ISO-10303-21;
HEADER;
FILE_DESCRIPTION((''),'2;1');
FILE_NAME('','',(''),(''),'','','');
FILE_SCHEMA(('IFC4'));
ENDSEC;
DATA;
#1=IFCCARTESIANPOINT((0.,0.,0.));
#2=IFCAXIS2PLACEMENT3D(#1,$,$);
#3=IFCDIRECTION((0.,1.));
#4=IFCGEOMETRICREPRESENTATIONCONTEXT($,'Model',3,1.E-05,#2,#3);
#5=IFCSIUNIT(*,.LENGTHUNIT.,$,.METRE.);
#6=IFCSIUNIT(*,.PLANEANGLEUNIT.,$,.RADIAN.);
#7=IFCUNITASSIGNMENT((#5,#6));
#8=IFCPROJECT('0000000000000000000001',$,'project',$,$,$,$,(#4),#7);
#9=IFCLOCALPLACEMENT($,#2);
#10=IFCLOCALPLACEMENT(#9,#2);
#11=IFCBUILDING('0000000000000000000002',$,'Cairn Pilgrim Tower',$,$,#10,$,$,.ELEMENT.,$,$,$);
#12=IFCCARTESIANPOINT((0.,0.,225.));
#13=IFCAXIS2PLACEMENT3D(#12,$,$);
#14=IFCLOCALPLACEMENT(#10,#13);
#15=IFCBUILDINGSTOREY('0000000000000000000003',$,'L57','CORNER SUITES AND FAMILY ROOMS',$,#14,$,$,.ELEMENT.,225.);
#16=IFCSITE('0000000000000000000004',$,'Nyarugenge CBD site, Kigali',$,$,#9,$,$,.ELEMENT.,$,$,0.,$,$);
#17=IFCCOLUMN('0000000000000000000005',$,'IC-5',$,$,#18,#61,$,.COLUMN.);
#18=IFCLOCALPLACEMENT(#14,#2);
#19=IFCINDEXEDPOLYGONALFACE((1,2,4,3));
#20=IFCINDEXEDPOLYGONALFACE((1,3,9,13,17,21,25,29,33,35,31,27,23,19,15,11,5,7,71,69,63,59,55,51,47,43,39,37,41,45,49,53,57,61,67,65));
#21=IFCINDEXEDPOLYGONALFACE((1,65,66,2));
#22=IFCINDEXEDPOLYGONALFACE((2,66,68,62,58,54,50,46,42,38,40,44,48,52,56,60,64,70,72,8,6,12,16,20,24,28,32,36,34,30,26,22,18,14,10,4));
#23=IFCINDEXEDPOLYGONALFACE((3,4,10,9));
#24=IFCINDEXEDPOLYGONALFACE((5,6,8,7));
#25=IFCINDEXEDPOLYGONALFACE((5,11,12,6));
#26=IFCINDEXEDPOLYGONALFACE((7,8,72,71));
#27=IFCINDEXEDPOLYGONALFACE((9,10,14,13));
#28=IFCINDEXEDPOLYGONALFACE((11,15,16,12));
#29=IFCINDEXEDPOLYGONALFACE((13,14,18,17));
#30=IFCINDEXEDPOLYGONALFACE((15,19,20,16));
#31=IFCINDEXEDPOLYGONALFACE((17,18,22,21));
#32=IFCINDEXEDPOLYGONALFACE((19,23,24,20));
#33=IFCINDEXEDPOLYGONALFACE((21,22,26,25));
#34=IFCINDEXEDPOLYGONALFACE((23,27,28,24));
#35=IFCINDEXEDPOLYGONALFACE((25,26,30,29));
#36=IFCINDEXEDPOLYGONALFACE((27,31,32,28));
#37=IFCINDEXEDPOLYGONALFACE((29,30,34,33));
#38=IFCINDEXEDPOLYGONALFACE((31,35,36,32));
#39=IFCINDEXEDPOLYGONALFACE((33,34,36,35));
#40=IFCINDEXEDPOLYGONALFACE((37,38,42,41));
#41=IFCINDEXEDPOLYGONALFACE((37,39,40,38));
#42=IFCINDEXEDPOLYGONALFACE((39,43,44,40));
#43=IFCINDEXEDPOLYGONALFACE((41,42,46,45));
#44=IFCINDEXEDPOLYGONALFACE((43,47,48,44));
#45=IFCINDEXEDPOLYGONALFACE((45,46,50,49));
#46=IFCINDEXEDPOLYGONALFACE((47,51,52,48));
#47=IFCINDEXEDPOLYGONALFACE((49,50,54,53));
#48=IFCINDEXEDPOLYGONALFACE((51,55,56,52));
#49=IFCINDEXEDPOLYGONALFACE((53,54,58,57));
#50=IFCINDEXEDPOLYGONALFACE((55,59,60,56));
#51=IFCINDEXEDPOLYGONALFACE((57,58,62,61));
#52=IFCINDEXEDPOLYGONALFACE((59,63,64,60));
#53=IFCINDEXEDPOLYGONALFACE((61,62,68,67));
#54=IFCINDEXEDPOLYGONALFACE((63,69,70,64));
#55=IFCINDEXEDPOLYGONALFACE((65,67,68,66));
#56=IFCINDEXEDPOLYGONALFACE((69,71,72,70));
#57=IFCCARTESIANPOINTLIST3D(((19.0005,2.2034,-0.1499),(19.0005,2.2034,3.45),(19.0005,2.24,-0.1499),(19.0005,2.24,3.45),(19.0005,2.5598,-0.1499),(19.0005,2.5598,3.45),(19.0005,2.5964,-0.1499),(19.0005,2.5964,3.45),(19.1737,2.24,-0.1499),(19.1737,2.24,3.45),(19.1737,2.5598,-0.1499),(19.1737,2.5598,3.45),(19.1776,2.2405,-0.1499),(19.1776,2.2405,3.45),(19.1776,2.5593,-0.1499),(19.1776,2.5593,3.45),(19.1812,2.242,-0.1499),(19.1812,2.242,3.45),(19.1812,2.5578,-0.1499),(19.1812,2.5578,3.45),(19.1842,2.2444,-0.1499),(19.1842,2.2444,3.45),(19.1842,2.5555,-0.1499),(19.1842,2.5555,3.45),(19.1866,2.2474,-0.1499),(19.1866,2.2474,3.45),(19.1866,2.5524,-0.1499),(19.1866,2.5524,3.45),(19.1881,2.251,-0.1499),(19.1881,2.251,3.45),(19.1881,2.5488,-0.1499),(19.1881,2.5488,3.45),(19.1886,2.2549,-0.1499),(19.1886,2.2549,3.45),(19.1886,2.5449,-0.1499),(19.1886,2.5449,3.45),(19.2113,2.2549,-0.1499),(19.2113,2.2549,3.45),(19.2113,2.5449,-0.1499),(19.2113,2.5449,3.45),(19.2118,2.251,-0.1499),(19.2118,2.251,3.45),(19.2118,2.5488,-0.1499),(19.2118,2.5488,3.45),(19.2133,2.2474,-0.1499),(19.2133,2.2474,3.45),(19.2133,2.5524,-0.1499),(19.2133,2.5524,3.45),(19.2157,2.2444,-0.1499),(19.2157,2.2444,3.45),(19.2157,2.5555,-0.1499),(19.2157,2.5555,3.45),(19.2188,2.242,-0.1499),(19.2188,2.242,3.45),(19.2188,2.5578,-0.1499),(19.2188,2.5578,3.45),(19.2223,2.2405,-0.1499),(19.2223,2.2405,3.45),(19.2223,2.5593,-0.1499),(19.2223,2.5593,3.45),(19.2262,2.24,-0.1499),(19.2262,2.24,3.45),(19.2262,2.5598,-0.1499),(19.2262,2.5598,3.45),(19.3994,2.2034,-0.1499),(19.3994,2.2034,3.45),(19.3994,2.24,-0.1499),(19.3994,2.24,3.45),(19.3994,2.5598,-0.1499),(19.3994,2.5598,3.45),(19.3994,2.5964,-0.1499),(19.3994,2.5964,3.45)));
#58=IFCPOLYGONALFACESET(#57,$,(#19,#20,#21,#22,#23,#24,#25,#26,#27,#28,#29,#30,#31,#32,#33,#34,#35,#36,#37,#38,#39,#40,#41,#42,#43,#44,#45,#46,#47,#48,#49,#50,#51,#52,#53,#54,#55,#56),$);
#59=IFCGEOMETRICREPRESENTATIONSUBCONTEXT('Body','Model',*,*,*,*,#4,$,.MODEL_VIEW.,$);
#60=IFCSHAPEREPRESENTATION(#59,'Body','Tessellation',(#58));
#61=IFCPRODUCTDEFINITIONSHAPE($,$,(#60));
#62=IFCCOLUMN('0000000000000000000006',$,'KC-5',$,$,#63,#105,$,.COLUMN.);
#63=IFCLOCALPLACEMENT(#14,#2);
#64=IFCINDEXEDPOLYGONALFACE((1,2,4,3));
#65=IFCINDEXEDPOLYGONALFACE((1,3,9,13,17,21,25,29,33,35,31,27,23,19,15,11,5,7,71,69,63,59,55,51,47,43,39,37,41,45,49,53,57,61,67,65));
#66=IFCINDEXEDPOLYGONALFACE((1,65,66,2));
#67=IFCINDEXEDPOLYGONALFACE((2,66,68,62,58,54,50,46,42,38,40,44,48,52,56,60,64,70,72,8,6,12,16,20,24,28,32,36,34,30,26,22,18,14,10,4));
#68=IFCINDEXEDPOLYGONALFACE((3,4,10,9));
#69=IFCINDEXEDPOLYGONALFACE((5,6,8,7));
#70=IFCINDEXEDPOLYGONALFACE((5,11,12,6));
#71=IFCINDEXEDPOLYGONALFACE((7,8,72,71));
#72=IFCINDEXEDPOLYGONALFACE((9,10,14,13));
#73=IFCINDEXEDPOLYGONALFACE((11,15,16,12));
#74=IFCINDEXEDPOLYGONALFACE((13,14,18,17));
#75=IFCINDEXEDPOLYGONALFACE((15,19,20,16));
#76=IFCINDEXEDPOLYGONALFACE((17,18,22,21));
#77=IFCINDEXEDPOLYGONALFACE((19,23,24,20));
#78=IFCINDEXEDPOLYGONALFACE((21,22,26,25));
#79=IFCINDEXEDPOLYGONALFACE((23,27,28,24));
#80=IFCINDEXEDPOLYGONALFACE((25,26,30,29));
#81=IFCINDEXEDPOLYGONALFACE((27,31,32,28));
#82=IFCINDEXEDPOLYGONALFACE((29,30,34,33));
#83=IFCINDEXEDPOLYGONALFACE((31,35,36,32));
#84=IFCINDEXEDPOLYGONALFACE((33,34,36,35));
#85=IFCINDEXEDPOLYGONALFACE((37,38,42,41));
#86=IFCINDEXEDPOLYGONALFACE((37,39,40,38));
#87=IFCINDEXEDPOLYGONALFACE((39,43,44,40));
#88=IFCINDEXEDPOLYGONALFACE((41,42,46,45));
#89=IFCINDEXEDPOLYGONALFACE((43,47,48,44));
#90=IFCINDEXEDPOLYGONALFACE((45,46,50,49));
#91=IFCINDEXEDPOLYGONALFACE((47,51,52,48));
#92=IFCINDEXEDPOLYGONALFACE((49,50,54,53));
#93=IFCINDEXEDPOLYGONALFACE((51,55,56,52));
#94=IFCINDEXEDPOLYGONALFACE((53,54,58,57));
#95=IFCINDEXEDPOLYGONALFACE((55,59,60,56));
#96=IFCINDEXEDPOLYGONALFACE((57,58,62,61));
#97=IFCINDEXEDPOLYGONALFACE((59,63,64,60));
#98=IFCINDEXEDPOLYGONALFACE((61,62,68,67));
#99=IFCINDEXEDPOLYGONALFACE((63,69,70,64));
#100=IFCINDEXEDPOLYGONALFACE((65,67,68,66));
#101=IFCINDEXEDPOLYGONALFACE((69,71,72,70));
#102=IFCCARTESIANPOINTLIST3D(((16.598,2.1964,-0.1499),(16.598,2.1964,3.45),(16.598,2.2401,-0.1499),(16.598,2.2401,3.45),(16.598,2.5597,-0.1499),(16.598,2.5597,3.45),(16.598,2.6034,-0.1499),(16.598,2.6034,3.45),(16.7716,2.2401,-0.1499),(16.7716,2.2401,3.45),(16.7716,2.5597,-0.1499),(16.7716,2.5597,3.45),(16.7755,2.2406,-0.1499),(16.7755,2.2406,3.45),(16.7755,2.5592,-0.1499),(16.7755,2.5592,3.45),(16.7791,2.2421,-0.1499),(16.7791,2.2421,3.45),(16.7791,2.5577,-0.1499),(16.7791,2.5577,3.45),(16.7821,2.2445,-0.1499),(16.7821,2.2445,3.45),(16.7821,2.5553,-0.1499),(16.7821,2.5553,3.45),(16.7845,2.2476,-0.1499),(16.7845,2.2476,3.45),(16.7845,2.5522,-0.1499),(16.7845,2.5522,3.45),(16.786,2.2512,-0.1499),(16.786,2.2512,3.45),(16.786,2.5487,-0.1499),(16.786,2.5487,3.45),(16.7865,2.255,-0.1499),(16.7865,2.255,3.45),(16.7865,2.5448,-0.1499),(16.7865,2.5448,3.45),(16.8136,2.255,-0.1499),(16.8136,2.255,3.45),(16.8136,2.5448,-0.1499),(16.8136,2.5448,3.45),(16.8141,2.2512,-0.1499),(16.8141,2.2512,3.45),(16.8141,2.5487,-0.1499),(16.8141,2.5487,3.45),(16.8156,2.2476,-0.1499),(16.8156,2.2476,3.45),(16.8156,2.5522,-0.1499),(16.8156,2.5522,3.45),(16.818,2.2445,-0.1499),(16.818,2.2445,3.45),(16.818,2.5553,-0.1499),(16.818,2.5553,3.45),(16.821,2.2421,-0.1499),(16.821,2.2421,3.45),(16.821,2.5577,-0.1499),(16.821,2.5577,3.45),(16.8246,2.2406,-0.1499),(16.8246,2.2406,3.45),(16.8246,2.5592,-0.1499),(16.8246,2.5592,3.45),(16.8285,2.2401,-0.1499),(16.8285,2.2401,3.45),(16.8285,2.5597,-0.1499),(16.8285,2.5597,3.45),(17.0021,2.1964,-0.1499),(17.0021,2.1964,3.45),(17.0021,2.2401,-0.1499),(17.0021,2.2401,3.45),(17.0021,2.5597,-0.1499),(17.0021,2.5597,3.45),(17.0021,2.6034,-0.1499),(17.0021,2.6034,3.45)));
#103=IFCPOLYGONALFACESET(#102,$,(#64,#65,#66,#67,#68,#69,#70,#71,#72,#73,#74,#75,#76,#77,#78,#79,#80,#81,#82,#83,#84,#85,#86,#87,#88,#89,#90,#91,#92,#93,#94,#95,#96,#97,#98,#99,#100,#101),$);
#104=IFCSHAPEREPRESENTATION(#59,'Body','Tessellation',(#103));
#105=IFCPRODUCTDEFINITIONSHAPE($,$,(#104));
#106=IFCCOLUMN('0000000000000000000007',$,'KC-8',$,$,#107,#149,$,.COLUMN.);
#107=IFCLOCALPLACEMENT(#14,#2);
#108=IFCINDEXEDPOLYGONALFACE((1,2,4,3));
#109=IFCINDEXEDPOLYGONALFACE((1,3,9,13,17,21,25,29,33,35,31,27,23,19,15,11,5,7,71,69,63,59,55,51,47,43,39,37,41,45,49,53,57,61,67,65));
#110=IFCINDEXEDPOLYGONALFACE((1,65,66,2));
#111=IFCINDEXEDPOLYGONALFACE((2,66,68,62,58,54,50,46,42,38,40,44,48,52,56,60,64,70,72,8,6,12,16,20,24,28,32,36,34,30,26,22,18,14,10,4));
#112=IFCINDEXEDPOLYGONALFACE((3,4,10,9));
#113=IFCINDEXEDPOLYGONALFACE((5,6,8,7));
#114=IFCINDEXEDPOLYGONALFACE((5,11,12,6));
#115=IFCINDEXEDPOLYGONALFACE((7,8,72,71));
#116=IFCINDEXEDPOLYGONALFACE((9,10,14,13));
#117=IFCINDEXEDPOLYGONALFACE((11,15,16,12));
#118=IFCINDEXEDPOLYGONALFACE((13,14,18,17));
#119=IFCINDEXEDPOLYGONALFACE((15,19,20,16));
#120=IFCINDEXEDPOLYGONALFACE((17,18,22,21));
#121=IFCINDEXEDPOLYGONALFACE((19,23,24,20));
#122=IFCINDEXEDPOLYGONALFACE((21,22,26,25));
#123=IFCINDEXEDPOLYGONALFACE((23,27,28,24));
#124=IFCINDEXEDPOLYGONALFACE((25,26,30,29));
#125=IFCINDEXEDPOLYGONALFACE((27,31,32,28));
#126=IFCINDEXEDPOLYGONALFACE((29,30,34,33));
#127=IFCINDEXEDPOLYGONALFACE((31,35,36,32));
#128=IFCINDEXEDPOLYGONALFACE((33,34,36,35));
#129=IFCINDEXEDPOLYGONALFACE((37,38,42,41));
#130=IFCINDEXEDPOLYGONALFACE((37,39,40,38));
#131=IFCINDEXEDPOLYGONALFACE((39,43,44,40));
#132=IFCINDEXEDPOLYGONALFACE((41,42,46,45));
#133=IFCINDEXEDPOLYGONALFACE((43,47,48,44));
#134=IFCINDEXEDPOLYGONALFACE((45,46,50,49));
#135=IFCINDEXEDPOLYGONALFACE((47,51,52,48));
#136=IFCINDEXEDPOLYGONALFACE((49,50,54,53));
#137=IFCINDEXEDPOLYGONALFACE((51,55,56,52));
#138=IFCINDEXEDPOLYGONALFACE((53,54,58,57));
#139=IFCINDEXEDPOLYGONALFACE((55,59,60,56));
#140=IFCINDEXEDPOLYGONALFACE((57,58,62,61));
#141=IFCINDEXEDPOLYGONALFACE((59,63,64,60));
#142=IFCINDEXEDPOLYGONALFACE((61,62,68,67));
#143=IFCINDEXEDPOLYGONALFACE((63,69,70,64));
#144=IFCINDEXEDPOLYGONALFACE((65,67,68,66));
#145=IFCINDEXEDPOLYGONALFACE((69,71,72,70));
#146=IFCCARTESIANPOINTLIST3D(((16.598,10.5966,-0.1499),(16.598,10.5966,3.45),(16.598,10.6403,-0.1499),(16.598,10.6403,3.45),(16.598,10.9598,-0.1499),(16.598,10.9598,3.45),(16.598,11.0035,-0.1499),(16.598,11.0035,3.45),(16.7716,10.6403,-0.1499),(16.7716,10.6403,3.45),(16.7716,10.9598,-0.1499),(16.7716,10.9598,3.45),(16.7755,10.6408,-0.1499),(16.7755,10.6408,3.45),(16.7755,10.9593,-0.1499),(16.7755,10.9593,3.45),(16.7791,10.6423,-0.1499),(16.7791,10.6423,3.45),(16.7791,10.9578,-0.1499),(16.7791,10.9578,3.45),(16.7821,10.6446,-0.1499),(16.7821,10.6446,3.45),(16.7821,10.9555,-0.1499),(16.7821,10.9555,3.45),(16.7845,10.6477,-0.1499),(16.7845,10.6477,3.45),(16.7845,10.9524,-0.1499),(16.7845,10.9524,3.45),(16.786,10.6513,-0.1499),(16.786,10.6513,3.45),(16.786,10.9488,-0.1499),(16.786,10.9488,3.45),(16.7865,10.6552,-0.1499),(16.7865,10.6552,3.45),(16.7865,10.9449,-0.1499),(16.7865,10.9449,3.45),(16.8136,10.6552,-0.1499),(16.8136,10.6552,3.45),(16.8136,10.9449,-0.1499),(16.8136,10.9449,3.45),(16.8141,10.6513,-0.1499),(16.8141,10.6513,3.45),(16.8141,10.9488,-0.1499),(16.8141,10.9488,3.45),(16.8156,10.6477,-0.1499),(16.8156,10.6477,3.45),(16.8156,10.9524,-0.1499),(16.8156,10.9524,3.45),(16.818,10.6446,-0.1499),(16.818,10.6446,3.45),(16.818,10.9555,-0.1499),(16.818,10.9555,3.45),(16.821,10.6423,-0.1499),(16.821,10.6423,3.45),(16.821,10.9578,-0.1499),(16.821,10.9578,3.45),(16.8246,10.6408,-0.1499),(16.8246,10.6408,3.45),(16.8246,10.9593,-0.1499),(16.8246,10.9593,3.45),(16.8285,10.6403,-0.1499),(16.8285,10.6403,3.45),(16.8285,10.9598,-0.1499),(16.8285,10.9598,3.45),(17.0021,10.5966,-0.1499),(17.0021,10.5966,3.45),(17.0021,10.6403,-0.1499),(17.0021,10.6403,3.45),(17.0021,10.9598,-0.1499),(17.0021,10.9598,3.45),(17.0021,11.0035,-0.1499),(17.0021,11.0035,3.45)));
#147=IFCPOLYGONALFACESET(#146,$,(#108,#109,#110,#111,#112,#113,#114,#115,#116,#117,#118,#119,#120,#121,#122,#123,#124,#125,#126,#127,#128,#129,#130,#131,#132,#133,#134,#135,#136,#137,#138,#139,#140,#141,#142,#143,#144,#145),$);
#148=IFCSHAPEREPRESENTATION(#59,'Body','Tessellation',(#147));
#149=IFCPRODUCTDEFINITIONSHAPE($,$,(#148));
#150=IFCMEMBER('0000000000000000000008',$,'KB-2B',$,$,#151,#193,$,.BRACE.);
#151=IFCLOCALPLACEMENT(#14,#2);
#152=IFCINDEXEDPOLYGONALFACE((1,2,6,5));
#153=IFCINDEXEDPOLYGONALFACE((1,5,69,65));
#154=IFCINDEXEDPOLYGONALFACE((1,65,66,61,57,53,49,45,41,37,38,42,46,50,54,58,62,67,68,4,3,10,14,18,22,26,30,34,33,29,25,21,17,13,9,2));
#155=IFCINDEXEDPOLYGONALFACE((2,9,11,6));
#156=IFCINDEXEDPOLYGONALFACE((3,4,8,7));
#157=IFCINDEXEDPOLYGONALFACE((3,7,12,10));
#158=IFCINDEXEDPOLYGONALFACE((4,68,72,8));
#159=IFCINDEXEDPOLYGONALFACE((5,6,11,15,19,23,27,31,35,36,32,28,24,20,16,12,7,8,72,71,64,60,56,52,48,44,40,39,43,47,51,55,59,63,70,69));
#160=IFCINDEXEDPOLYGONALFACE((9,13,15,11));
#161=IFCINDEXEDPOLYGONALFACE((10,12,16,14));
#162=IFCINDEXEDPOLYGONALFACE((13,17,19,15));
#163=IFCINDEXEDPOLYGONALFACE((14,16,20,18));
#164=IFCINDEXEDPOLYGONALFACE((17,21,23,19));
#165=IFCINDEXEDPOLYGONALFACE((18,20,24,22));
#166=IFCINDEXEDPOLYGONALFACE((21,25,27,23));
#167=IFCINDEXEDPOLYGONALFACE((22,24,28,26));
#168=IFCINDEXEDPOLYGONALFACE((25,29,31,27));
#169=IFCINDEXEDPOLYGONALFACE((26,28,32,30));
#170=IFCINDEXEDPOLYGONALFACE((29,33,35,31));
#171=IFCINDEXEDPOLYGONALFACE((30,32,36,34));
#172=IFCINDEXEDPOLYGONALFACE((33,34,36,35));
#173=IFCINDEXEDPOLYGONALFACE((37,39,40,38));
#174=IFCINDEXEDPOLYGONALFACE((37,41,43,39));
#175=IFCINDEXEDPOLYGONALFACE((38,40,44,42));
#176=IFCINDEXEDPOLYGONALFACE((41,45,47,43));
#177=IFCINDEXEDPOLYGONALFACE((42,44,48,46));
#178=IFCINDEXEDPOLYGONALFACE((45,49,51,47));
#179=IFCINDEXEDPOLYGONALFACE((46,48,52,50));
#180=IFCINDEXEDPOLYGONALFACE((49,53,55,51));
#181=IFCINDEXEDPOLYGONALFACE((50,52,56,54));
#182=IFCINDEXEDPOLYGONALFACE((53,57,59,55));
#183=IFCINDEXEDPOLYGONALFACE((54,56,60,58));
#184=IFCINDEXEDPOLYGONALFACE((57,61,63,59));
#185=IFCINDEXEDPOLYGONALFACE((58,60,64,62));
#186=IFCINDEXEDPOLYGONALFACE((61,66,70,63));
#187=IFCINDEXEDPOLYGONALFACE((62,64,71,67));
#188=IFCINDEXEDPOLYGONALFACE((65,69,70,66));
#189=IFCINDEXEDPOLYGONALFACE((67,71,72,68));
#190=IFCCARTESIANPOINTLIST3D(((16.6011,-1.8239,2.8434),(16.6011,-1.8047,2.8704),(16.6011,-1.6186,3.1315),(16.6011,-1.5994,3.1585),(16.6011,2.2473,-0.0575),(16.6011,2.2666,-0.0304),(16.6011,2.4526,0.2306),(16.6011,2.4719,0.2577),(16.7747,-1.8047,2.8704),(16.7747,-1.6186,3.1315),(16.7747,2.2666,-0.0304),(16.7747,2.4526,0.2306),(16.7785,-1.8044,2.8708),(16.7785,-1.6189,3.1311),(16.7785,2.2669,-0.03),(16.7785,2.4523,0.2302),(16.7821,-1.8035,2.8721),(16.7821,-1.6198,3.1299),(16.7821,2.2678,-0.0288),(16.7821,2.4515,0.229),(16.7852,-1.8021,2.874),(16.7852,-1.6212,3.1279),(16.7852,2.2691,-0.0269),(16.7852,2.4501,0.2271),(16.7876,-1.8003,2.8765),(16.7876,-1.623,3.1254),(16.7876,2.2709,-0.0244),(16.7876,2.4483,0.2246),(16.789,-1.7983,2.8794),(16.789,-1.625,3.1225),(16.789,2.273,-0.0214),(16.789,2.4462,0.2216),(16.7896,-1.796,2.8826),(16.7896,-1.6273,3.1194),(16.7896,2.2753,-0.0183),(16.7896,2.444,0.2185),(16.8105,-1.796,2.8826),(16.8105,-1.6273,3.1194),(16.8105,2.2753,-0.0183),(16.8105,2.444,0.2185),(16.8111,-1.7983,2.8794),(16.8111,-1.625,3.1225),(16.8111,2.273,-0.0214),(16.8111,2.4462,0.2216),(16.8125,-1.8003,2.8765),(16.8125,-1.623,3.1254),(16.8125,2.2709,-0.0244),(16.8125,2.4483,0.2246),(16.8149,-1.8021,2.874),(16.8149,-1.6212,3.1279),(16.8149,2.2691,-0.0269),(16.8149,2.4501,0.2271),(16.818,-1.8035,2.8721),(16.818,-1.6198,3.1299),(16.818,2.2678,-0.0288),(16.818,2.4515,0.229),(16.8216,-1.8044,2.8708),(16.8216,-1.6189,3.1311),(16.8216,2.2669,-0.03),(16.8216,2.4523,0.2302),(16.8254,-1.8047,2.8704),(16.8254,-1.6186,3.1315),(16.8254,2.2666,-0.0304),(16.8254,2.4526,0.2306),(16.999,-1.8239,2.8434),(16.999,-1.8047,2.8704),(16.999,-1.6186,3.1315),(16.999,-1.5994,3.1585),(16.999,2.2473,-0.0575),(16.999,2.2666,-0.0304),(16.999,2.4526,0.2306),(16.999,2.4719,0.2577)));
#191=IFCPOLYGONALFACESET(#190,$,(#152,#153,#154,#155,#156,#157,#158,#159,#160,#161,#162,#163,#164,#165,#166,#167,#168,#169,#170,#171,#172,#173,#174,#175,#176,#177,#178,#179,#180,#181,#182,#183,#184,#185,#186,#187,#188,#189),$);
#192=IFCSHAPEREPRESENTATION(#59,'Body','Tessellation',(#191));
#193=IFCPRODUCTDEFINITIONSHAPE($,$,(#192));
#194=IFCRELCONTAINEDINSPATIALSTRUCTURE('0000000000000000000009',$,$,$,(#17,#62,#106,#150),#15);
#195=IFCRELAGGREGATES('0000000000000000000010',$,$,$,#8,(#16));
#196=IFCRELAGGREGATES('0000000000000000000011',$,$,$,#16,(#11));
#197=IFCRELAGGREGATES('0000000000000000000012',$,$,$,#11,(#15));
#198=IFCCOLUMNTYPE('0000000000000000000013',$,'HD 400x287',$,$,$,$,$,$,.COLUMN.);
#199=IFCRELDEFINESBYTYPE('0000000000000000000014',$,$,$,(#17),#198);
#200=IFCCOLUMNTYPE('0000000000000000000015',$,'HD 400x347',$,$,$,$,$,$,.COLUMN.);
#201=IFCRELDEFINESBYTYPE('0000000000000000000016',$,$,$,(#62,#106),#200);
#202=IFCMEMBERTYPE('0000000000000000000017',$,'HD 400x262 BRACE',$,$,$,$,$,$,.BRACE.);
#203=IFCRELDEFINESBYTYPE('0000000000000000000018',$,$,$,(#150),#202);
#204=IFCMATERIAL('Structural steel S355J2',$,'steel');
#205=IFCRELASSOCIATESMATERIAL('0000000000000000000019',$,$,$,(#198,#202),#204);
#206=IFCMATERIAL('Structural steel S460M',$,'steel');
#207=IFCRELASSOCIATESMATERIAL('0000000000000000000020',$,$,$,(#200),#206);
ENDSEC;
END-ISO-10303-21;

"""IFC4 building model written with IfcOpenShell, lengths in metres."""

from ifc_helpers import new_model, si_unit, direction, frame, origin, origin_2d, place, context, subcontext, project, spatial, i_section, extrude, material, material_profile, profile_set, type_object, element, save


model = new_model("IFC4")

# Units and contexts
model_context = context("Model", 3, precision=1e-05, world=origin(), true_north=direction((0.0, 1.0)))
body_context = subcontext(model_context, "Body", "Model", "MODEL_VIEW")
ifc_project = project(units=[si_unit("LENGTHUNIT", "METRE"), si_unit("PLANEANGLEUNIT", "RADIAN")], contexts=[model_context])

# Site, building, storey
site_placement = place(None, origin())
site = spatial("IfcSite", under=ifc_project, at=site_placement, Name="Nyarugenge CBD site, Kigali", CompositionType="ELEMENT", RefElevation=0.0)
building_placement = place(site_placement, origin())
building = spatial("IfcBuilding", under=site, at=building_placement, Name="Cairn Pilgrim Tower", CompositionType="ELEMENT")
storey_placement = place(building_placement, frame((0.0, 0.0, 225.0)))
storey = spatial("IfcBuildingStorey", under=building, at=storey_placement, Name="L57", Description="CORNER SUITES AND FAMILY ROOMS", CompositionType="ELEMENT", Elevation=225.0)

# Columns
ifc_material_1 = material(Name="Structural steel S355J2", Category="steel")
ifc_material_profile_1 = material_profile(ifc_material_1, i_section(OverallWidth=0.3989, OverallDepth=0.3931, WebThickness=0.0227, FlangeThickness=0.0366, FilletRadius=0.0149, at=origin_2d()), Name="HD 400x287")
ifc_profile_set_1 = profile_set([ifc_material_profile_1], Name="Structural steel S355J2")
column_type_1 = type_object("IfcColumnType", Name="HD 400x287", PredefinedType="COLUMN", material=ifc_profile_set_1)
column_placement = place(storey_placement, frame((19.2, 2.3999, -0.1499), z_axis=(0.0, 0.0, 1.0), x_axis=(1.0, 0.0, 0.0)))
element("IfcColumn", 1, at=column_placement, inside=storey, type_object=column_type_1, Name="IC-5", PredefinedType="COLUMN", context=body_context, shape_type="SweptSolid", body=[
    extrude(i_section(OverallWidth=0.3989, OverallDepth=0.3931, WebThickness=0.0227, FlangeThickness=0.0366, FilletRadius=0.0149, at=origin_2d()), origin(), (0.0, 0.0, 1.0), 3.5999),
])
ifc_material_2 = material(Name="Structural steel S460M", Category="steel")
ifc_material_profile_2 = material_profile(ifc_material_2, i_section(OverallWidth=0.4041, OverallDepth=0.407, WebThickness=0.0271, FlangeThickness=0.0437, FilletRadius=0.0149, at=origin_2d()), Name="HD 400x347")
ifc_profile_set_2 = profile_set([ifc_material_profile_2], Name="Structural steel S460M")
column_type_2 = type_object("IfcColumnType", Name="HD 400x347", PredefinedType="COLUMN", material=ifc_profile_set_2)
for number, where, z_axis, x_axis, name in (
    (2, (16.8, 2.3999, -0.1499), (0.0, 0.0, 1.0), (1.0, 0.0, 0.0), "KC-5"),
    (3, (16.8, 10.8, -0.1499), (0.0, 0.0, 1.0), (1.0, 0.0, 0.0), "KC-8"),
):
    element("IfcColumn", number, at=place(storey_placement, frame(where, z_axis=z_axis, x_axis=x_axis)), inside=storey, type_object=column_type_2, Name=name, PredefinedType="COLUMN", context=body_context, shape_type="SweptSolid", body=[
        extrude(i_section(OverallWidth=0.4041, OverallDepth=0.407, WebThickness=0.0271, FlangeThickness=0.0437, FilletRadius=0.0149, at=origin_2d()), origin(), (0.0, 0.0, 1.0), 3.5999),
    ])

# Member
ifc_material_profile_3 = material_profile(ifc_material_1, i_section(OverallWidth=0.3979, OverallDepth=0.387, WebThickness=0.021, FlangeThickness=0.0332, FilletRadius=0.0149, at=origin_2d()), Name="HD 400x262")
ifc_profile_set_3 = profile_set([ifc_material_profile_3], Name="Structural steel S355J2")
member_type = type_object("IfcMemberType", Name="HD 400x262 BRACE", PredefinedType="BRACE", material=ifc_profile_set_3)
member_1_placement = place(storey_placement, frame((16.8, 2.3596, 0.1001), z_axis=(0.0, -0.814413, 0.580286), x_axis=(1.0, 0.0, 0.0)))
element("IfcMember", 4, at=member_1_placement, inside=storey, type_object=member_type, Name="KB-2B", PredefinedType="BRACE", context=body_context, shape_type="SweptSolid", body=[
    extrude(i_section(OverallWidth=0.3979, OverallDepth=0.387, WebThickness=0.021, FlangeThickness=0.0332, FilletRadius=0.0149, at=origin_2d()), origin(), (0.0, 0.0, 1.0), 4.999),
])

save(model, "model.ifc")
